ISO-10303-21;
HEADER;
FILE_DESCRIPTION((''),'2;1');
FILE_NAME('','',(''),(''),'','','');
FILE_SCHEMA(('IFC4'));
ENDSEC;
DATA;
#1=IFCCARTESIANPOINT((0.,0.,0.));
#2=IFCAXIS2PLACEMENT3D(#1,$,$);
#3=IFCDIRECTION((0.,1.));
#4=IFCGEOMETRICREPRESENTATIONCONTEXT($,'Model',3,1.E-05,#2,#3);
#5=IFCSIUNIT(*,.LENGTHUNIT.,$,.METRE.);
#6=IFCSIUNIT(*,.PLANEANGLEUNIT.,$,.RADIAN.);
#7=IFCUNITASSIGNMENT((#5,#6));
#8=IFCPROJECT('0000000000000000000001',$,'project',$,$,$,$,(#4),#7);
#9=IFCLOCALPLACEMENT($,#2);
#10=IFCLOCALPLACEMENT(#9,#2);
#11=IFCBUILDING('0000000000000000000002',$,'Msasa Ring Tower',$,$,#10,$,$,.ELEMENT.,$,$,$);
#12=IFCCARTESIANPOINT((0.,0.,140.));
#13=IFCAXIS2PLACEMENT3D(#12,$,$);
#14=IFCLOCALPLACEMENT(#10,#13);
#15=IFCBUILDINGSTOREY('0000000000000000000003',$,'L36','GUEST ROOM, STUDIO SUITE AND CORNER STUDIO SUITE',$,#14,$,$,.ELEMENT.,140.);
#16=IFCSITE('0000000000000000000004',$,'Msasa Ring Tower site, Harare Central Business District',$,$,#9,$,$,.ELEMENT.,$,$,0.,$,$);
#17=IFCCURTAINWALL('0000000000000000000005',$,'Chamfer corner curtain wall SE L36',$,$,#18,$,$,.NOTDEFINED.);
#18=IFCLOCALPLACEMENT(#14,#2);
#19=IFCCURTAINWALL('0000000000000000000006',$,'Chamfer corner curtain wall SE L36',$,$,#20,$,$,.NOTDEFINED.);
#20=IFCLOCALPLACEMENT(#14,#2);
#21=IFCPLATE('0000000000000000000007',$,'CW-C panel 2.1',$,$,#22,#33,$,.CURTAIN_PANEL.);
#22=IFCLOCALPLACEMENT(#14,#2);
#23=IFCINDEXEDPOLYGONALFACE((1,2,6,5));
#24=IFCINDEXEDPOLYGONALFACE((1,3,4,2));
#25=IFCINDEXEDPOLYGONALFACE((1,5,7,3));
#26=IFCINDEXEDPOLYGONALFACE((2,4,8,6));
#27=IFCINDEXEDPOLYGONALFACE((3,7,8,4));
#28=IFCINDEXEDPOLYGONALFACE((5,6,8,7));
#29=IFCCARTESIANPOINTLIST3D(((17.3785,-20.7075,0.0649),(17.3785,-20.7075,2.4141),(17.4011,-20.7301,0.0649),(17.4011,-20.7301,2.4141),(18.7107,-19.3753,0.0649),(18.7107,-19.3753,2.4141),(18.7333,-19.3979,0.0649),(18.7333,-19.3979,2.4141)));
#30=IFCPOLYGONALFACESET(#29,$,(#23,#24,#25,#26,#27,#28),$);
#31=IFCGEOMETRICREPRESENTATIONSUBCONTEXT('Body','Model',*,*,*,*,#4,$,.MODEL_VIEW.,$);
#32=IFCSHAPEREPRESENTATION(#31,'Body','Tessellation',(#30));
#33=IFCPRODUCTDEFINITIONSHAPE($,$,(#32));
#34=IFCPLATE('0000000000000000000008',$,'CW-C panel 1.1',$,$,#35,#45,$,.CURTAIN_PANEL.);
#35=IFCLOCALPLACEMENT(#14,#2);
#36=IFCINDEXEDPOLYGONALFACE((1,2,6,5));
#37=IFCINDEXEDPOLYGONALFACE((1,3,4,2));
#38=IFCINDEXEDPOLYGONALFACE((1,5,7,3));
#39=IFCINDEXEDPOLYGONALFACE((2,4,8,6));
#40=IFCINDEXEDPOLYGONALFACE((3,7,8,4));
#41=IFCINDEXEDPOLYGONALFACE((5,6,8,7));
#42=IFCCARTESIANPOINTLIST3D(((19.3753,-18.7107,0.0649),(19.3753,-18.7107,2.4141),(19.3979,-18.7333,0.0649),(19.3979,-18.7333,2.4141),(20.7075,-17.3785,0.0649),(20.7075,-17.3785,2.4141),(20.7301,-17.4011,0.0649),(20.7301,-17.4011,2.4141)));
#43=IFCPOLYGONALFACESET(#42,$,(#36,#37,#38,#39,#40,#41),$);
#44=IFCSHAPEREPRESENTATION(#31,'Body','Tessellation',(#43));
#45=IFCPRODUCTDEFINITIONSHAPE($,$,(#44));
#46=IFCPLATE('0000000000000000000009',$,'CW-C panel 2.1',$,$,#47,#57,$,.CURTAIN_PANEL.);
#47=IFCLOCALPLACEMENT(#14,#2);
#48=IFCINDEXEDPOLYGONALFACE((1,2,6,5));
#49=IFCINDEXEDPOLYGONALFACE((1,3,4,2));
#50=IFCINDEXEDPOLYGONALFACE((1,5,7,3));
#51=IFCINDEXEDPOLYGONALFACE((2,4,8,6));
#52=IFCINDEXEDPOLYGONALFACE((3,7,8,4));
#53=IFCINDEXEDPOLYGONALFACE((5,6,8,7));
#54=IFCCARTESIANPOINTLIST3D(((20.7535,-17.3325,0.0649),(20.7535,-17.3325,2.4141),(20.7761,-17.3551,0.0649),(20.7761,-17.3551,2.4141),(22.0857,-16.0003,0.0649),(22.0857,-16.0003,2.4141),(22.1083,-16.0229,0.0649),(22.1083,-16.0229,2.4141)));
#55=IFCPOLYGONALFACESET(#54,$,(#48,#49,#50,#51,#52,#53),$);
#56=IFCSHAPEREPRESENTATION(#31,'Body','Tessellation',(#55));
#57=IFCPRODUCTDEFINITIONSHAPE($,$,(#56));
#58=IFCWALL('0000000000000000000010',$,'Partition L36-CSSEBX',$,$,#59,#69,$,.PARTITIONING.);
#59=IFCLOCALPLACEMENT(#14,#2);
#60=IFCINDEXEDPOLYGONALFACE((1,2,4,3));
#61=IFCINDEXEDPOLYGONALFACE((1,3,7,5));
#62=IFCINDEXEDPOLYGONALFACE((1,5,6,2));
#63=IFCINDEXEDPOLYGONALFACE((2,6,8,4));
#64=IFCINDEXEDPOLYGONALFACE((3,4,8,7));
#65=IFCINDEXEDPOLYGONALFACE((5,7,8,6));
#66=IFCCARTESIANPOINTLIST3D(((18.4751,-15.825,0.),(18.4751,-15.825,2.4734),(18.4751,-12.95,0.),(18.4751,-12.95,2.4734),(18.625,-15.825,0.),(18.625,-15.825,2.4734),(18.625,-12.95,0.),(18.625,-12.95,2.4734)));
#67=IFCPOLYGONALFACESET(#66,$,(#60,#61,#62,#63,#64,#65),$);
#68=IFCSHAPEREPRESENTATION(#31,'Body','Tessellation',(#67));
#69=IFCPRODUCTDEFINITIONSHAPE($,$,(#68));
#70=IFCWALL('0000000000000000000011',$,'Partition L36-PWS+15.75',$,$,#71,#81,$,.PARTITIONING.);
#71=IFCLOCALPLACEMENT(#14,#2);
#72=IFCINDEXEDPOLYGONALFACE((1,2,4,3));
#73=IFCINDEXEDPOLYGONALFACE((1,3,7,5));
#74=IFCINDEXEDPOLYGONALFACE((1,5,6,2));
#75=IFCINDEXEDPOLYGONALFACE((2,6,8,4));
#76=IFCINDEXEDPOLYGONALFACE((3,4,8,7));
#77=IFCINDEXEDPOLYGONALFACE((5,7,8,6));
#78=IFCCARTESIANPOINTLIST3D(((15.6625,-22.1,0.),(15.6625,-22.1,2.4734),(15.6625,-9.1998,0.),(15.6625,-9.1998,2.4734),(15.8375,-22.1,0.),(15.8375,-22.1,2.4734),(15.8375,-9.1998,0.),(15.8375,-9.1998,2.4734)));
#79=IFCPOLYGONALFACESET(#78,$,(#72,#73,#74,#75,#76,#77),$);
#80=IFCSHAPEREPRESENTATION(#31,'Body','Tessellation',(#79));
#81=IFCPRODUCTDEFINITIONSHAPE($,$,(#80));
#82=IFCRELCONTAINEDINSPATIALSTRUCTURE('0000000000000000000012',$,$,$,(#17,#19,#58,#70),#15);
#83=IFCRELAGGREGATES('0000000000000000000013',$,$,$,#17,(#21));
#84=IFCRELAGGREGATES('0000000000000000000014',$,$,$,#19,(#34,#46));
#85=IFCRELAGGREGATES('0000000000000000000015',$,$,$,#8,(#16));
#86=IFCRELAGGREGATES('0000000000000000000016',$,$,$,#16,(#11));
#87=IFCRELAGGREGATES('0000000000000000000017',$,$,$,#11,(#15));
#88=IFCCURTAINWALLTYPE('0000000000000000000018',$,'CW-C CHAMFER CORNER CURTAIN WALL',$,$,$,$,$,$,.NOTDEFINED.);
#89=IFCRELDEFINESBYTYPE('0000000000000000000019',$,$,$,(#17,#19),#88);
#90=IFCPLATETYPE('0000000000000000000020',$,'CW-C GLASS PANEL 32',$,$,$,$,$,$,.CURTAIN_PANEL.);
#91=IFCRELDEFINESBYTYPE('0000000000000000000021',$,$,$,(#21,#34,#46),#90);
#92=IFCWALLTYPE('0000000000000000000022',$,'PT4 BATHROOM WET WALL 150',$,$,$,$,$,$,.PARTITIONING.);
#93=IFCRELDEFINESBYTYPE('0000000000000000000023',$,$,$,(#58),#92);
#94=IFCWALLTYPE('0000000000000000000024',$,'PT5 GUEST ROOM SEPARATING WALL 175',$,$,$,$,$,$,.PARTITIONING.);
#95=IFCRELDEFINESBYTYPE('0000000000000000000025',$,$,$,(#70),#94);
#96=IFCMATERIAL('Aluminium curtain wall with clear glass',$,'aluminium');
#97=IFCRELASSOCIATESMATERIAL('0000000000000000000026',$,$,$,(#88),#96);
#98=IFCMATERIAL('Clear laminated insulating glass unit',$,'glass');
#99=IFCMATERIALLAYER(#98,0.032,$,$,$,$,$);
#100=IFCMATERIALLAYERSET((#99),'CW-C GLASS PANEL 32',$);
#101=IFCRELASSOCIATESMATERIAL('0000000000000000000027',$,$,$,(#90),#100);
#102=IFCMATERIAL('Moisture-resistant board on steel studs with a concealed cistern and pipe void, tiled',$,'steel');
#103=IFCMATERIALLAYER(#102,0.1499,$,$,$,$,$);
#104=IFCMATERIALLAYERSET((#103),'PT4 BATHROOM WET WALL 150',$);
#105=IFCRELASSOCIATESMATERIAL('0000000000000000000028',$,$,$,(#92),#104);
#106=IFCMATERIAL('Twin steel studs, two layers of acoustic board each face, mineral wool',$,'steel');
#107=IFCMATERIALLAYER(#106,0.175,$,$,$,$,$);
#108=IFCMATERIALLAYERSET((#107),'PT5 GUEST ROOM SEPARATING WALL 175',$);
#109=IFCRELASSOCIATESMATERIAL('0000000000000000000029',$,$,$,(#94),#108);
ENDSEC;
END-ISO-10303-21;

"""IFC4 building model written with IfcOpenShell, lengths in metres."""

from ifc_helpers import new_model, si_unit, direction, frame, frame_2d, origin, origin_2d, place, context, subcontext, project, spatial, rectangle, extrude, material, layer, layer_set, type_object, element, aggregate, save


model = new_model("IFC4")

# Units and contexts
model_context = context("Model", 3, precision=1e-05, world=origin(), true_north=direction((0.0, 1.0)))
body_context = subcontext(model_context, "Body", "Model", "MODEL_VIEW")
ifc_project = project(units=[si_unit("LENGTHUNIT", "METRE"), si_unit("PLANEANGLEUNIT", "RADIAN")], contexts=[model_context])

# Site, building, storey
site_placement = place(None, origin())
site = spatial("IfcSite", under=ifc_project, at=site_placement, Name="Msasa Ring Tower site, Harare Central Business District", CompositionType="ELEMENT", RefElevation=0.0)
building_placement = place(site_placement, origin())
building = spatial("IfcBuilding", under=site, at=building_placement, Name="Msasa Ring Tower", CompositionType="ELEMENT")
storey_placement = place(building_placement, frame((0.0, 0.0, 140.0)))
storey = spatial("IfcBuildingStorey", under=building, at=storey_placement, Name="L36", Description="GUEST ROOM, STUDIO SUITE AND CORNER STUDIO SUITE", CompositionType="ELEMENT", Elevation=140.0)

# Curtain walls
ifc_material_1 = material(Name="Aluminium curtain wall with clear glass", Category="aluminium")
curtain_wall_type = type_object("IfcCurtainWallType", Name="CW-C CHAMFER CORNER CURTAIN WALL", PredefinedType="NOTDEFINED", material=ifc_material_1)
curtain_wall_1_placement = place(storey_placement, origin())
curtain_wall_1 = element("IfcCurtainWall", 1, at=curtain_wall_1_placement, inside=storey, type_object=curtain_wall_type, Name="Chamfer corner curtain wall SE L36", PredefinedType="NOTDEFINED")
curtain_wall_2_placement = place(storey_placement, origin())
curtain_wall_2 = element("IfcCurtainWall", 2, at=curtain_wall_2_placement, inside=storey, type_object=curtain_wall_type, Name="Chamfer corner curtain wall SE L36", PredefinedType="NOTDEFINED")

# Plates
ifc_material_2 = material(Name="Clear laminated insulating glass unit", Category="glass")
ifc_layer_1 = layer(ifc_material_2, 0.032)
ifc_layer_set_1 = layer_set([ifc_layer_1], Name="CW-C GLASS PANEL 32")
plate_type = type_object("IfcPlateType", Name="CW-C GLASS PANEL 32", PredefinedType="CURTAIN_PANEL", material=ifc_layer_set_1)
plate_1_placement = place(storey_placement, frame((18.0559, -20.0527, 0.0649), z_axis=(0.0, 0.0, 1.0), x_axis=(0.707107, 0.707107, 0.0)))
plate_1 = element("IfcPlate", 3, at=plate_1_placement, type_object=plate_type, Name="CW-C panel 2.1", PredefinedType="CURTAIN_PANEL", context=body_context, shape_type="SweptSolid", body=[
    extrude(rectangle(XDim=1.884, YDim=0.032, at=origin_2d()), origin(), (0.0, 0.0, 1.0), 2.3491),
])
aggregate(curtain_wall_1, [plate_1])
plate_2_placement = place(storey_placement, frame((20.0527, -18.0559, 0.0649), z_axis=(0.0, 0.0, 1.0), x_axis=(0.707107, 0.707107, 0.0)))
plate_2 = element("IfcPlate", 4, at=plate_2_placement, type_object=plate_type, Name="CW-C panel 1.1", PredefinedType="CURTAIN_PANEL", context=body_context, shape_type="SweptSolid", body=[
    extrude(rectangle(XDim=1.884, YDim=0.032, at=origin_2d()), origin(), (0.0, 0.0, 1.0), 2.3491),
])
plate_3_placement = place(storey_placement, frame((21.4309, -16.6777, 0.0649), z_axis=(0.0, 0.0, 1.0), x_axis=(0.707107, 0.707107, 0.0)))
plate_3 = element("IfcPlate", 5, at=plate_3_placement, type_object=plate_type, Name="CW-C panel 2.1", PredefinedType="CURTAIN_PANEL", context=body_context, shape_type="SweptSolid", body=[
    extrude(rectangle(XDim=1.884, YDim=0.032, at=origin_2d()), origin(), (0.0, 0.0, 1.0), 2.3491),
])
aggregate(curtain_wall_2, [plate_2, plate_3])

# Walls
ifc_material_3 = material(Name="Moisture-resistant board on steel studs with a concealed cistern and pipe void, tiled", Category="steel")
ifc_layer_2 = layer(ifc_material_3, 0.1499)
ifc_layer_set_2 = layer_set([ifc_layer_2], Name="PT4 BATHROOM WET WALL 150")
wall_type_1 = type_object("IfcWallType", Name="PT4 BATHROOM WET WALL 150", PredefinedType="PARTITIONING", material=ifc_layer_set_2)
wall_1_placement = place(storey_placement, frame((18.55, -15.825, 0.0), z_axis=(0.0, 0.0, 1.0), x_axis=(0.0, 1.0, 0.0)))
element("IfcWall", 6, at=wall_1_placement, inside=storey, type_object=wall_type_1, Name="Partition L36-CSSEBX", PredefinedType="PARTITIONING", context=body_context, shape_type="SweptSolid", body=[
    extrude(rectangle(XDim=2.875, YDim=0.1499, at=frame_2d((1.4375, 0.0))), origin(), (0.0, 0.0, 1.0), 2.4734),
])
ifc_material_4 = material(Name="Twin steel studs, two layers of acoustic board each face, mineral wool", Category="steel")
ifc_layer_3 = layer(ifc_material_4, 0.175)
ifc_layer_set_3 = layer_set([ifc_layer_3], Name="PT5 GUEST ROOM SEPARATING WALL 175")
wall_type_2 = type_object("IfcWallType", Name="PT5 GUEST ROOM SEPARATING WALL 175", PredefinedType="PARTITIONING", material=ifc_layer_set_3)
wall_2_placement = place(storey_placement, frame((15.75, -22.1001, 0.0), z_axis=(0.0, 0.0, 1.0), x_axis=(0.0, 1.0, 0.0)))
element("IfcWall", 7, at=wall_2_placement, inside=storey, type_object=wall_type_2, Name="Partition L36-PWS+15.75", PredefinedType="PARTITIONING", context=body_context, shape_type="SweptSolid", body=[
    extrude(rectangle(XDim=12.9001, YDim=0.175, at=frame_2d((6.4502, 0.0))), origin(), (0.0, 0.0, 1.0), 2.4734),
])

save(model, "model.ifc")
